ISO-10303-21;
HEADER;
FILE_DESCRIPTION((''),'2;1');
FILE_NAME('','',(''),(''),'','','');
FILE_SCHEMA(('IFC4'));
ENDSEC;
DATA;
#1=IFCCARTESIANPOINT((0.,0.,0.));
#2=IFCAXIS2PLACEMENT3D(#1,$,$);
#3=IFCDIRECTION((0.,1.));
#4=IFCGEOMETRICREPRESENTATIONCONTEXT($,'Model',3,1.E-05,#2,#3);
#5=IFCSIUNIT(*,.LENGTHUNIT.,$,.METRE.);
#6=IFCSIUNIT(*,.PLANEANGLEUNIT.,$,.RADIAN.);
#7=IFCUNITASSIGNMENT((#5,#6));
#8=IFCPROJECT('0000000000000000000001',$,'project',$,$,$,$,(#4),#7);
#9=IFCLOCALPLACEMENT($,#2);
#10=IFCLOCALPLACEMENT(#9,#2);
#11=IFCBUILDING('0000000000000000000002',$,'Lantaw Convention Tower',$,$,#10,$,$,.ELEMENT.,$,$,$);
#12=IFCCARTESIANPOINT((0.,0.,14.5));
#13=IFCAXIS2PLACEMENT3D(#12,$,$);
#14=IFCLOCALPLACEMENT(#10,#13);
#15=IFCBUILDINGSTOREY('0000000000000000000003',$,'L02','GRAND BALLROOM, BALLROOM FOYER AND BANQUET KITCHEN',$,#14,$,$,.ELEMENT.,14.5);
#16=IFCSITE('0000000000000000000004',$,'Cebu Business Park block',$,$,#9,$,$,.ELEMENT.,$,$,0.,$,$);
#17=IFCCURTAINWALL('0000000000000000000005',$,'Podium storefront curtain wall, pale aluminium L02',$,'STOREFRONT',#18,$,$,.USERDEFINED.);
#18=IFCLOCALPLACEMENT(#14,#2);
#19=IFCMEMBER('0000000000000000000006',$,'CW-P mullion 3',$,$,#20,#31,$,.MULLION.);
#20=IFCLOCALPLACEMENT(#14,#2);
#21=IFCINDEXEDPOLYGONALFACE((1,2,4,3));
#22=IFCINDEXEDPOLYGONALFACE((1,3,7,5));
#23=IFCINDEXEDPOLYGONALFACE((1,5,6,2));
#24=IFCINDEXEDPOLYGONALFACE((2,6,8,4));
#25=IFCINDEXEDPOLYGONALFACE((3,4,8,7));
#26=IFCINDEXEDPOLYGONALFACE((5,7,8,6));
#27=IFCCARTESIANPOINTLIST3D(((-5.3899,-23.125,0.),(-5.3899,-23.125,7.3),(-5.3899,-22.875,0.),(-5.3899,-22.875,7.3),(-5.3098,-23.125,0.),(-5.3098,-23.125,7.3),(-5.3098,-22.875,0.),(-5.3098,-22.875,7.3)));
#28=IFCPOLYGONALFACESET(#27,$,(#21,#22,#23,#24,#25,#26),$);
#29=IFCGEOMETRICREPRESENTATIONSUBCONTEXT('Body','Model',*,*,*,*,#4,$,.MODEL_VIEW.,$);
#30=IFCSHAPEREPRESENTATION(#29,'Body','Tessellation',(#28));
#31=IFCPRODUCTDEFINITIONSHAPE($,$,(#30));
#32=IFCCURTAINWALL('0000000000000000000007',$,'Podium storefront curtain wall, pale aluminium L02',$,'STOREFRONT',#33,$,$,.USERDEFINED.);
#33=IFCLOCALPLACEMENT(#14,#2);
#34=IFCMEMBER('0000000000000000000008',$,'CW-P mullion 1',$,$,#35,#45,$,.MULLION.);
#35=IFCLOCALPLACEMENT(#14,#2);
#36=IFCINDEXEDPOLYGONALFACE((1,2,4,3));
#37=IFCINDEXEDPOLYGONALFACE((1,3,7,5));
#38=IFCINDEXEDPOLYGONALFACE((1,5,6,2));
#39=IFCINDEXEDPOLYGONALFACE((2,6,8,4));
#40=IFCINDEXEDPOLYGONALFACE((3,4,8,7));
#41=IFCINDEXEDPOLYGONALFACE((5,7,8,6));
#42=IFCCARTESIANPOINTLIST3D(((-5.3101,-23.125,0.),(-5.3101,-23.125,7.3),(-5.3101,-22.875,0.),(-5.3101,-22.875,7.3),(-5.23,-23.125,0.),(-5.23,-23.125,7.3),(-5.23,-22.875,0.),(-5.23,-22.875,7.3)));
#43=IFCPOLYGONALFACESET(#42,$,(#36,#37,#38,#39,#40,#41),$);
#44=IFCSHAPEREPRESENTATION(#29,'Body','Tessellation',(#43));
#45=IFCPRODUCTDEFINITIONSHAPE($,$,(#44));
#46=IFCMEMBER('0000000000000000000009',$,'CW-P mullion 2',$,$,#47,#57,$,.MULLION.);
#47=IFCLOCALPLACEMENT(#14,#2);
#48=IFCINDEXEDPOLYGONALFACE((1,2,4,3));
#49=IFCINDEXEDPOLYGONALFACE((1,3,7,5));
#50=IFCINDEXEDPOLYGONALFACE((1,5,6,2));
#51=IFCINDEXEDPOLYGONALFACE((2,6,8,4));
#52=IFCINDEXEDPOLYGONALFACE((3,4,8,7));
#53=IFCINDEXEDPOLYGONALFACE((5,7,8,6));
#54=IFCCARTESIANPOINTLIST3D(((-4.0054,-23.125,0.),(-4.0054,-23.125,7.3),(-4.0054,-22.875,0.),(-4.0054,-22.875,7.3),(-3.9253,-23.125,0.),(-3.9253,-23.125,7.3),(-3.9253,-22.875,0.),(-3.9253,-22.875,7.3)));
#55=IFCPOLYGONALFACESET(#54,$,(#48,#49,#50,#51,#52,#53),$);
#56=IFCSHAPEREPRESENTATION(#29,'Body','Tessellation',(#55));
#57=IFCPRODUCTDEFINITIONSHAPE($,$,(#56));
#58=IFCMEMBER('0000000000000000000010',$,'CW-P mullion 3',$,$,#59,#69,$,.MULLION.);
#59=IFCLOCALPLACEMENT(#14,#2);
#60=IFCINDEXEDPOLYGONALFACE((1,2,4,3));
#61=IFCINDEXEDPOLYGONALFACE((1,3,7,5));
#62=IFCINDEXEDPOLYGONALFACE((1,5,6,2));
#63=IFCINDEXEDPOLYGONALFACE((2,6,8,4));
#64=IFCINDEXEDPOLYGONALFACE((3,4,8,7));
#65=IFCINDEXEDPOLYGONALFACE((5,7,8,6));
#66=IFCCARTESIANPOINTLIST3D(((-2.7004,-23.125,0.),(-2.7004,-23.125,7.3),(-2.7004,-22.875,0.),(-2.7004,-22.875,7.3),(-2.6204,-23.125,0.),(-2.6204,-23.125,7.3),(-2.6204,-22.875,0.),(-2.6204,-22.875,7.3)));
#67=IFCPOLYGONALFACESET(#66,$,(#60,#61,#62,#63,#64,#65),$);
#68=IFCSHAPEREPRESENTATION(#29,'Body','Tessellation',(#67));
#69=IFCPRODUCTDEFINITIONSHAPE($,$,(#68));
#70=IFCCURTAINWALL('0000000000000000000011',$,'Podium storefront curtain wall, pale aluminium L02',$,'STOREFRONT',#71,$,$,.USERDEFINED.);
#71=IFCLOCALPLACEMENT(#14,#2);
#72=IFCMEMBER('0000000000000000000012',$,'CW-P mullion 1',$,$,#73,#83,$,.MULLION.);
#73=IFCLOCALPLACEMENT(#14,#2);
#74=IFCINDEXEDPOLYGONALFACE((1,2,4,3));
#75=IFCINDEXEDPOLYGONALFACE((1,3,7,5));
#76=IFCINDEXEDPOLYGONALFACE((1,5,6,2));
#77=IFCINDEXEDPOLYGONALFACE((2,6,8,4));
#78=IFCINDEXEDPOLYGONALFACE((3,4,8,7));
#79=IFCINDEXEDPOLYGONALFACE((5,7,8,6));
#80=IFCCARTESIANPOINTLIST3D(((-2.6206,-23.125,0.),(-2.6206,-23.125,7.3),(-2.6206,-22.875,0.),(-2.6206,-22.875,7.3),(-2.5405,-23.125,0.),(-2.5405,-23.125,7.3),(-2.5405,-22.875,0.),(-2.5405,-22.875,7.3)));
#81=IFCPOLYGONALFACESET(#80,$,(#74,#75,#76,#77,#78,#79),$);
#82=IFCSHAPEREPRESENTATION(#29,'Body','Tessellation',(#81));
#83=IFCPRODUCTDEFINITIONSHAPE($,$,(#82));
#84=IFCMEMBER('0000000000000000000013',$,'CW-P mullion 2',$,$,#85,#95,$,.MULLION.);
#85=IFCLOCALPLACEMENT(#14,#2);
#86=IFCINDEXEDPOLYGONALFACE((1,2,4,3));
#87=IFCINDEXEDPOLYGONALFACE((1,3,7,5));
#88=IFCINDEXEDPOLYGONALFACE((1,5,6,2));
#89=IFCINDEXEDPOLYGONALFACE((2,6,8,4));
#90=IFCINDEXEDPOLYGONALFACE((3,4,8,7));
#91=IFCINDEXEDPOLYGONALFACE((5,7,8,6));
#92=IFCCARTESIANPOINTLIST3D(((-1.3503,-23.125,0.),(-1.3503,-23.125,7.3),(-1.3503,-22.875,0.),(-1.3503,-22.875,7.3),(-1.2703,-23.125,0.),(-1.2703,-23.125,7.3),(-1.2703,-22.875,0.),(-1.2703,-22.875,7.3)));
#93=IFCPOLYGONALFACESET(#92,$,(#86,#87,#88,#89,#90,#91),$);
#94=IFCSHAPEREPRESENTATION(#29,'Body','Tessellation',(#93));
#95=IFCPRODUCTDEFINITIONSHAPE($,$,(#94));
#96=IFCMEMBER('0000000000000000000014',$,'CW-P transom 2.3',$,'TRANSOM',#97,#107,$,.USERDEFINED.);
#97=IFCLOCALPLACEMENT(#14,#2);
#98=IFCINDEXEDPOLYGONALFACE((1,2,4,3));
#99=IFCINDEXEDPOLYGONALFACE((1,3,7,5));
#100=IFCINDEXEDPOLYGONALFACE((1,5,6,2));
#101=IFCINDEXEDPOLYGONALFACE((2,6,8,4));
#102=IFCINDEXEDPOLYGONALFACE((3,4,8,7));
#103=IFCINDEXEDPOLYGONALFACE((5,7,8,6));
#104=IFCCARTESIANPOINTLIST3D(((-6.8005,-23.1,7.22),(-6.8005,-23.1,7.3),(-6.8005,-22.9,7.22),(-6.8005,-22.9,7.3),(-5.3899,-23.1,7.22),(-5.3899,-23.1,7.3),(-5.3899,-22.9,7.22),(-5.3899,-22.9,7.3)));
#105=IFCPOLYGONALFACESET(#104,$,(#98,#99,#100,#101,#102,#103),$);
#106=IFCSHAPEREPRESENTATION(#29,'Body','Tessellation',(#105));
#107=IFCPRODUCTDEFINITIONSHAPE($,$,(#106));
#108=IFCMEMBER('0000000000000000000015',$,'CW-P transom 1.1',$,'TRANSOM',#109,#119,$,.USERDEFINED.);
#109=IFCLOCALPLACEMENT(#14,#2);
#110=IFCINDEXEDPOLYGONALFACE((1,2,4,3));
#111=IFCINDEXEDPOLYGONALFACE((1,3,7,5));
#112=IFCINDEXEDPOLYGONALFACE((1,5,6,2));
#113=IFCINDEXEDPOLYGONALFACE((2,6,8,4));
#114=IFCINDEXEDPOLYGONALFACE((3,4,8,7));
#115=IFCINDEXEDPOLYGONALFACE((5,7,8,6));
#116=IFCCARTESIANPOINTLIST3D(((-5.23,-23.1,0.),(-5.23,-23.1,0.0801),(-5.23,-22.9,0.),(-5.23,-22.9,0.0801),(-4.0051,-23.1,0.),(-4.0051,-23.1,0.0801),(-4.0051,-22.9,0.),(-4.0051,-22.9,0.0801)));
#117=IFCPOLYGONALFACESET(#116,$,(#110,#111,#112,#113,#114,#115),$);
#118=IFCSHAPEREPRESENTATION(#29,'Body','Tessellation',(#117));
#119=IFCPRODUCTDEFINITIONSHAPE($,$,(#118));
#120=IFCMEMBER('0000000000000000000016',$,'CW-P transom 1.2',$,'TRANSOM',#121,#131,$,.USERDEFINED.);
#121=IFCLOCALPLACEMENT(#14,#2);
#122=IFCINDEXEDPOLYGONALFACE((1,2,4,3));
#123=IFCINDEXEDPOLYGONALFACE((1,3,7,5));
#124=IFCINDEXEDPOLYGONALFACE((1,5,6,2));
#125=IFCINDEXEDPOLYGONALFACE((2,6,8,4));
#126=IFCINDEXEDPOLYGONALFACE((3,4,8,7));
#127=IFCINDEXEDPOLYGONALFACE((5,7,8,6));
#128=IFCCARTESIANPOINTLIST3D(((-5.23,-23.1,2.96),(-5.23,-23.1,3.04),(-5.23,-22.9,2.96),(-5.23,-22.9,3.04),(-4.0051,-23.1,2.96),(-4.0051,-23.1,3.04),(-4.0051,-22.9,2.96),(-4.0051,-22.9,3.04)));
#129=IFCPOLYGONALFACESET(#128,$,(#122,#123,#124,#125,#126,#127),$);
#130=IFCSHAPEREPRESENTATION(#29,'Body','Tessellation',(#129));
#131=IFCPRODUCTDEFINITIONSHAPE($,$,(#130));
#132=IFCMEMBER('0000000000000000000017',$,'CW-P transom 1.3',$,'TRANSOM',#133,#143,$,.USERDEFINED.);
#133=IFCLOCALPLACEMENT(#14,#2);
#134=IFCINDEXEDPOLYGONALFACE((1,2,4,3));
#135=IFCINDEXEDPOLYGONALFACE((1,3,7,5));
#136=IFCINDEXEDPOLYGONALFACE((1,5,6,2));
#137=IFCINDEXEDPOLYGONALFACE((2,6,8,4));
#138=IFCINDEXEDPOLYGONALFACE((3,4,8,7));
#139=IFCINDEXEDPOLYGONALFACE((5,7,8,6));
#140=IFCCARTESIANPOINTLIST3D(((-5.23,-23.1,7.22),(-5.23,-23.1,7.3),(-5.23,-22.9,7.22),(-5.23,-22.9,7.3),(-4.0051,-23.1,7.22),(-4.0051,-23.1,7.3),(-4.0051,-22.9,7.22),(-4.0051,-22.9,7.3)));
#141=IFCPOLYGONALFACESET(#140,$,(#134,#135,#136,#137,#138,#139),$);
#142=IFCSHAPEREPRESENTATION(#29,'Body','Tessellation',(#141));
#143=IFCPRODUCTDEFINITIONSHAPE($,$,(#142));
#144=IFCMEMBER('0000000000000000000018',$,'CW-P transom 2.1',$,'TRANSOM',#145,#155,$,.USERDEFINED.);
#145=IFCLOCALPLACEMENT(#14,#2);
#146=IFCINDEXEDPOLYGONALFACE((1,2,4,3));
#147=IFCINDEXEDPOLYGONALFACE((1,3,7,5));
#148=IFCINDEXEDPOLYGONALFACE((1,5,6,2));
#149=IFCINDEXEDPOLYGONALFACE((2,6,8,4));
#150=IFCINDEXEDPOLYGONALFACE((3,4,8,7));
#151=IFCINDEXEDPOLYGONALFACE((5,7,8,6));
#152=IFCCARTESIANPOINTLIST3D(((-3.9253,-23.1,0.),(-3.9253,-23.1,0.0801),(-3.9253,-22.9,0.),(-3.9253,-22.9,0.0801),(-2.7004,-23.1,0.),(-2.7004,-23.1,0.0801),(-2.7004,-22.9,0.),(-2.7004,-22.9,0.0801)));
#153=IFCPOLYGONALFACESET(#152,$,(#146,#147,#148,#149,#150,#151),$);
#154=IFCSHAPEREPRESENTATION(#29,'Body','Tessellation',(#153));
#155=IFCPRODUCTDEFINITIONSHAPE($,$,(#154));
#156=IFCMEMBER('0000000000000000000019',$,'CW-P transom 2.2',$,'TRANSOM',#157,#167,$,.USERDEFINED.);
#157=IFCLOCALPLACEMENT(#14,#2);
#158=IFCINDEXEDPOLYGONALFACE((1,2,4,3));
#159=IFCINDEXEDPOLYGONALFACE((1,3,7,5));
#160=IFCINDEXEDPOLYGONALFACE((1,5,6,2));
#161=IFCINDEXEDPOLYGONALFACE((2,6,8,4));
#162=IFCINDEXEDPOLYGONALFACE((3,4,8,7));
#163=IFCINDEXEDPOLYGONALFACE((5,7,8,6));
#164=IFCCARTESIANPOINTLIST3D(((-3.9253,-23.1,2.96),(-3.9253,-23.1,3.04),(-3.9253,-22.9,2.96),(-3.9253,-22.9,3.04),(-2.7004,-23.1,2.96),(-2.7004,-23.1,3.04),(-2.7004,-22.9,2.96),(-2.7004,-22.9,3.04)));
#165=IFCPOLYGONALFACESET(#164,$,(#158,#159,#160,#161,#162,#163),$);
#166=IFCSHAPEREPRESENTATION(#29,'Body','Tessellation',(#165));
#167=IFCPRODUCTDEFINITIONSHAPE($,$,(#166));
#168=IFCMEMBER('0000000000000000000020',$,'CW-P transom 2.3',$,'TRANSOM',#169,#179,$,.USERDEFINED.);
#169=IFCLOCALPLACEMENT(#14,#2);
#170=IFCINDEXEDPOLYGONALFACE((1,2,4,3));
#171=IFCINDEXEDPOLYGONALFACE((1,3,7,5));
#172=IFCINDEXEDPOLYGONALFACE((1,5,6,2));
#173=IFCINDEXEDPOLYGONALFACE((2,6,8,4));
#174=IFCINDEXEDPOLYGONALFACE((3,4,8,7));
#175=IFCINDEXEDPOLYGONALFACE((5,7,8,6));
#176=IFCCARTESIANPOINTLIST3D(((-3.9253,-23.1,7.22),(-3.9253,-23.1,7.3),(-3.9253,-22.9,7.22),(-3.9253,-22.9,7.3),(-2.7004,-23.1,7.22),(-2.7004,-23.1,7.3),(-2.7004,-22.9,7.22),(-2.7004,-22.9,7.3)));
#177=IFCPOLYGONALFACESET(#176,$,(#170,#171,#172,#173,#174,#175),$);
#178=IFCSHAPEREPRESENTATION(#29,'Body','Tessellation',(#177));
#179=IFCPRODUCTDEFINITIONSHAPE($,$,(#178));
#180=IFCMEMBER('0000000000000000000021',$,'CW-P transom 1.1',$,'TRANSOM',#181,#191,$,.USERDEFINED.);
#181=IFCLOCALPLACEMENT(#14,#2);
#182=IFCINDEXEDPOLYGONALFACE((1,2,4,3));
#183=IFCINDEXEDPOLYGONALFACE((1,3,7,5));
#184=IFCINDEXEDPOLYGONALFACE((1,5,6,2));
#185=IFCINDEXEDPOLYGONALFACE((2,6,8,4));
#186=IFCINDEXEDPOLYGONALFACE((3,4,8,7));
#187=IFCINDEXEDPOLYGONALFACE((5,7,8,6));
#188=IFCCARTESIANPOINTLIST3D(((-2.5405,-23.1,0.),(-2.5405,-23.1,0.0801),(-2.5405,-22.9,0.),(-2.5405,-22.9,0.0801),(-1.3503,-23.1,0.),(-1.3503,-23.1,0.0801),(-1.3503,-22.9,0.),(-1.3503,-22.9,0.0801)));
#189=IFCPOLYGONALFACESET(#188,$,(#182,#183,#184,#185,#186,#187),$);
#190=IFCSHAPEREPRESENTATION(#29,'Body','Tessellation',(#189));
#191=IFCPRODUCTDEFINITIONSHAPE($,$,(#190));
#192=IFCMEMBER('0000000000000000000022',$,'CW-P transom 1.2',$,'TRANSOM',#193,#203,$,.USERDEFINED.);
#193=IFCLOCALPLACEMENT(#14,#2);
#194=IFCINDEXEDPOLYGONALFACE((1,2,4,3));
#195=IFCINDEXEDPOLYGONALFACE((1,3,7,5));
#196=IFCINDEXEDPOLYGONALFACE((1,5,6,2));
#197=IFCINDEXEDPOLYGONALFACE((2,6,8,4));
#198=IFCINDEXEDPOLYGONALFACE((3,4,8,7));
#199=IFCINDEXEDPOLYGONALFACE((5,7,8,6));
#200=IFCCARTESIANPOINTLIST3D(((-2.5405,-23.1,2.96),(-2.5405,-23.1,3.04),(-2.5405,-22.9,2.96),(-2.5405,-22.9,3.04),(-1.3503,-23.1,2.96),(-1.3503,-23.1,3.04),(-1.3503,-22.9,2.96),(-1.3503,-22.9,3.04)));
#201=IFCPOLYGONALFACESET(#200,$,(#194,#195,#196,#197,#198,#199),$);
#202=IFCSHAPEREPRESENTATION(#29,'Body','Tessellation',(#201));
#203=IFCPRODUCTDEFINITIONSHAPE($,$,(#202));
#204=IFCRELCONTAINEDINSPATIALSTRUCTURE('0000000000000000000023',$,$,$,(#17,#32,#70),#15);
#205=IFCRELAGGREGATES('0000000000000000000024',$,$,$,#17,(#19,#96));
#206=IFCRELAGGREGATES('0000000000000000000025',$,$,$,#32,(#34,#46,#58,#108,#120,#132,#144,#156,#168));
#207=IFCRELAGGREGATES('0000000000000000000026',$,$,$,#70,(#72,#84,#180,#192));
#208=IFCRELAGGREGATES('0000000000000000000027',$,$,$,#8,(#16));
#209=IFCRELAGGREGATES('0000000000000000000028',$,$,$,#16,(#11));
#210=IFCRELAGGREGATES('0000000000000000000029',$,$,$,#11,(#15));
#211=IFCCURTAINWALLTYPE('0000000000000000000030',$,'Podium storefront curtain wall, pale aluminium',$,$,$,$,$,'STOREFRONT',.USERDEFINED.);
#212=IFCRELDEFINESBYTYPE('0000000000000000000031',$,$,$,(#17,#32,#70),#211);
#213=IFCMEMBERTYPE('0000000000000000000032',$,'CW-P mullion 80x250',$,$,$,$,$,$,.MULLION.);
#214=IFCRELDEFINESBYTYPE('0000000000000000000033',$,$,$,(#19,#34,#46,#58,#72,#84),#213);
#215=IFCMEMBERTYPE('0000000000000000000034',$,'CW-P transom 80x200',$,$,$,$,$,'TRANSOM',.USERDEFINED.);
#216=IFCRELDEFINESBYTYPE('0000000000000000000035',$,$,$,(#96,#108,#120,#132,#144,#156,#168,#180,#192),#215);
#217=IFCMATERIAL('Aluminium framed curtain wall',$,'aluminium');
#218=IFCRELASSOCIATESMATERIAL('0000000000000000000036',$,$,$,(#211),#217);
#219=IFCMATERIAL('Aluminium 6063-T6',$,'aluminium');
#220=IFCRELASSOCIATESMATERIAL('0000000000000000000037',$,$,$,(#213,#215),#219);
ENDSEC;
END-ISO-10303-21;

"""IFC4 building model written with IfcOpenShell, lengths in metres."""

from ifc_helpers import new_model, si_unit, direction, frame, origin, origin_2d, place, context, subcontext, project, spatial, rectangle, extrude, material, material_profile, profile_set, type_object, element, aggregate, save


model = new_model("IFC4")

# Units and contexts
model_context = context("Model", 3, precision=1e-05, world=origin(), true_north=direction((0.0, 1.0)))
body_context = subcontext(model_context, "Body", "Model", "MODEL_VIEW")
ifc_project = project(units=[si_unit("LENGTHUNIT", "METRE"), si_unit("PLANEANGLEUNIT", "RADIAN")], contexts=[model_context])

# Site, building, storey
site_placement = place(None, origin())
site = spatial("IfcSite", under=ifc_project, at=site_placement, Name="Cebu Business Park block", CompositionType="ELEMENT", RefElevation=0.0)
building_placement = place(site_placement, origin())
building = spatial("IfcBuilding", under=site, at=building_placement, Name="Lantaw Convention Tower", CompositionType="ELEMENT")
storey_placement = place(building_placement, frame((0.0, 0.0, 14.5)))
storey = spatial("IfcBuildingStorey", under=building, at=storey_placement, Name="L02", Description="GRAND BALLROOM, BALLROOM FOYER AND BANQUET KITCHEN", CompositionType="ELEMENT", Elevation=14.5)

# Curtain wall, member
ifc_material_1 = material(Name="Aluminium framed curtain wall", Category="aluminium")
curtain_wall_type = type_object("IfcCurtainWallType", Name="Podium storefront curtain wall, pale aluminium", ElementType="STOREFRONT", PredefinedType="USERDEFINED", material=ifc_material_1)
curtain_wall_1_placement = place(storey_placement, origin())
curtain_wall_1 = element("IfcCurtainWall", 1, at=curtain_wall_1_placement, inside=storey, type_object=curtain_wall_type, Name="Podium storefront curtain wall, pale aluminium L02", ObjectType="STOREFRONT", PredefinedType="USERDEFINED")
ifc_material_2 = material(Name="Aluminium 6063-T6", Category="aluminium")
ifc_material_profile_1 = material_profile(ifc_material_2, rectangle(XDim=0.25, YDim=0.0801, at=origin_2d()), Name="CW-P mullion 80x250")
ifc_profile_set_1 = profile_set([ifc_material_profile_1], Name="Aluminium 6063-T6")
member_type_1 = type_object("IfcMemberType", Name="CW-P mullion 80x250", PredefinedType="MULLION", material=ifc_profile_set_1)
member_1_placement = place(storey_placement, frame((-5.3499, -23.0, 0.0), z_axis=(0.0, 0.0, 1.0), x_axis=(0.0, 1.0, 0.0)))
member_1 = element("IfcMember", 2, at=member_1_placement, type_object=member_type_1, Name="CW-P mullion 3", PredefinedType="MULLION", context=body_context, shape_type="SweptSolid", body=[
    extrude(rectangle(XDim=0.25, YDim=0.0801, at=origin_2d()), origin(), (0.0, 0.0, 1.0), 7.3),
])

# Curtain walls, members
curtain_wall_2_placement = place(storey_placement, origin())
curtain_wall_2 = element("IfcCurtainWall", 3, at=curtain_wall_2_placement, inside=storey, type_object=curtain_wall_type, Name="Podium storefront curtain wall, pale aluminium L02", ObjectType="STOREFRONT", PredefinedType="USERDEFINED")
member_2_placement = place(storey_placement, frame((-5.27, -23.0, 0.0), z_axis=(0.0, 0.0, 1.0), x_axis=(0.0, 1.0, 0.0)))
member_2 = element("IfcMember", 4, at=member_2_placement, type_object=member_type_1, Name="CW-P mullion 1", PredefinedType="MULLION", context=body_context, shape_type="SweptSolid", body=[
    extrude(rectangle(XDim=0.25, YDim=0.0801, at=origin_2d()), origin(), (0.0, 0.0, 1.0), 7.3),
])
member_3_placement = place(storey_placement, frame((-3.9653, -23.0, 0.0), z_axis=(0.0, 0.0, 1.0), x_axis=(0.0, 1.0, 0.0)))
member_3 = element("IfcMember", 5, at=member_3_placement, type_object=member_type_1, Name="CW-P mullion 2", PredefinedType="MULLION", context=body_context, shape_type="SweptSolid", body=[
    extrude(rectangle(XDim=0.25, YDim=0.0801, at=origin_2d()), origin(), (0.0, 0.0, 1.0), 7.3),
])
member_4_placement = place(storey_placement, frame((-2.6604, -23.0, 0.0), z_axis=(0.0, 0.0, 1.0), x_axis=(0.0, 1.0, 0.0)))
member_4 = element("IfcMember", 6, at=member_4_placement, type_object=member_type_1, Name="CW-P mullion 3", PredefinedType="MULLION", context=body_context, shape_type="SweptSolid", body=[
    extrude(rectangle(XDim=0.25, YDim=0.0801, at=origin_2d()), origin(), (0.0, 0.0, 1.0), 7.3),
])
curtain_wall_3_placement = place(storey_placement, origin())
curtain_wall_3 = element("IfcCurtainWall", 7, at=curtain_wall_3_placement, inside=storey, type_object=curtain_wall_type, Name="Podium storefront curtain wall, pale aluminium L02", ObjectType="STOREFRONT", PredefinedType="USERDEFINED")
member_5_placement = place(storey_placement, frame((-2.5806, -23.0, 0.0), z_axis=(0.0, 0.0, 1.0), x_axis=(0.0, 1.0, 0.0)))
member_5 = element("IfcMember", 8, at=member_5_placement, type_object=member_type_1, Name="CW-P mullion 1", PredefinedType="MULLION", context=body_context, shape_type="SweptSolid", body=[
    extrude(rectangle(XDim=0.25, YDim=0.0801, at=origin_2d()), origin(), (0.0, 0.0, 1.0), 7.3),
])
member_6_placement = place(storey_placement, frame((-1.3103, -23.0, 0.0), z_axis=(0.0, 0.0, 1.0), x_axis=(0.0, 1.0, 0.0)))
member_6 = element("IfcMember", 9, at=member_6_placement, type_object=member_type_1, Name="CW-P mullion 2", PredefinedType="MULLION", context=body_context, shape_type="SweptSolid", body=[
    extrude(rectangle(XDim=0.25, YDim=0.0801, at=origin_2d()), origin(), (0.0, 0.0, 1.0), 7.3),
])

# Members
ifc_material_profile_2 = material_profile(ifc_material_2, rectangle(XDim=0.2, YDim=0.0801, at=origin_2d()), Name="CW-P transom 80x200")
ifc_profile_set_2 = profile_set([ifc_material_profile_2], Name="Aluminium 6063-T6")
member_type_2 = type_object("IfcMemberType", Name="CW-P transom 80x200", ElementType="TRANSOM", PredefinedType="USERDEFINED", material=ifc_profile_set_2)
member_7_placement = place(storey_placement, frame((-6.8005, -23.0, 7.26), z_axis=(1.0, 0.0, 0.0), x_axis=(0.0, 1.0, 0.0)))
member_7 = element("IfcMember", 10, at=member_7_placement, type_object=member_type_2, Name="CW-P transom 2.3", ObjectType="TRANSOM", PredefinedType="USERDEFINED", context=body_context, shape_type="SweptSolid", body=[
    extrude(rectangle(XDim=0.2, YDim=0.0801, at=origin_2d()), origin(), (0.0, 0.0, 1.0), 1.4106),
])
member_8_placement = place(storey_placement, frame((-5.23, -23.0, 0.04), z_axis=(1.0, 0.0, 0.0), x_axis=(0.0, 1.0, 0.0)))
member_8 = element("IfcMember", 11, at=member_8_placement, type_object=member_type_2, Name="CW-P transom 1.1", ObjectType="TRANSOM", PredefinedType="USERDEFINED", context=body_context, shape_type="SweptSolid", body=[
    extrude(rectangle(XDim=0.2, YDim=0.0801, at=origin_2d()), origin(), (0.0, 0.0, 1.0), 1.2249),
])
member_9_placement = place(storey_placement, frame((-5.23, -23.0, 3.0), z_axis=(1.0, 0.0, 0.0), x_axis=(0.0, 1.0, 0.0)))
member_9 = element("IfcMember", 12, at=member_9_placement, type_object=member_type_2, Name="CW-P transom 1.2", ObjectType="TRANSOM", PredefinedType="USERDEFINED", context=body_context, shape_type="SweptSolid", body=[
    extrude(rectangle(XDim=0.2, YDim=0.0801, at=origin_2d()), origin(), (0.0, 0.0, 1.0), 1.2249),
])
member_10_placement = place(storey_placement, frame((-5.23, -23.0, 7.26), z_axis=(1.0, 0.0, 0.0), x_axis=(0.0, 1.0, 0.0)))
member_10 = element("IfcMember", 13, at=member_10_placement, type_object=member_type_2, Name="CW-P transom 1.3", ObjectType="TRANSOM", PredefinedType="USERDEFINED", context=body_context, shape_type="SweptSolid", body=[
    extrude(rectangle(XDim=0.2, YDim=0.0801, at=origin_2d()), origin(), (0.0, 0.0, 1.0), 1.2249),
])
member_11_placement = place(storey_placement, frame((-3.9253, -23.0, 0.04), z_axis=(1.0, 0.0, 0.0), x_axis=(0.0, 1.0, 0.0)))
member_11 = element("IfcMember", 14, at=member_11_placement, type_object=member_type_2, Name="CW-P transom 2.1", ObjectType="TRANSOM", PredefinedType="USERDEFINED", context=body_context, shape_type="SweptSolid", body=[
    extrude(rectangle(XDim=0.2, YDim=0.0801, at=origin_2d()), origin(), (0.0, 0.0, 1.0), 1.2249),
])
member_12_placement = place(storey_placement, frame((-3.9253, -23.0, 3.0), z_axis=(1.0, 0.0, 0.0), x_axis=(0.0, 1.0, 0.0)))
member_12 = element("IfcMember", 15, at=member_12_placement, type_object=member_type_2, Name="CW-P transom 2.2", ObjectType="TRANSOM", PredefinedType="USERDEFINED", context=body_context, shape_type="SweptSolid", body=[
    extrude(rectangle(XDim=0.2, YDim=0.0801, at=origin_2d()), origin(), (0.0, 0.0, 1.0), 1.2249),
])
member_13_placement = place(storey_placement, frame((-3.9253, -23.0, 7.26), z_axis=(1.0, 0.0, 0.0), x_axis=(0.0, 1.0, 0.0)))
member_13 = element("IfcMember", 16, at=member_13_placement, type_object=member_type_2, Name="CW-P transom 2.3", ObjectType="TRANSOM", PredefinedType="USERDEFINED", context=body_context, shape_type="SweptSolid", body=[
    extrude(rectangle(XDim=0.2, YDim=0.0801, at=origin_2d()), origin(), (0.0, 0.0, 1.0), 1.2249),
])
member_14_placement = place(storey_placement, frame((-2.5405, -23.0, 0.04), z_axis=(1.0, 0.0, 0.0), x_axis=(0.0, 1.0, 0.0)))
member_14 = element("IfcMember", 17, at=member_14_placement, type_object=member_type_2, Name="CW-P transom 1.1", ObjectType="TRANSOM", PredefinedType="USERDEFINED", context=body_context, shape_type="SweptSolid", body=[
    extrude(rectangle(XDim=0.2, YDim=0.0801, at=origin_2d()), origin(), (0.0, 0.0, 1.0), 1.1902),
])
member_15_placement = place(storey_placement, frame((-2.5405, -23.0, 3.0), z_axis=(1.0, 0.0, 0.0), x_axis=(0.0, 1.0, 0.0)))
member_15 = element("IfcMember", 18, at=member_15_placement, type_object=member_type_2, Name="CW-P transom 1.2", ObjectType="TRANSOM", PredefinedType="USERDEFINED", context=body_context, shape_type="SweptSolid", body=[
    extrude(rectangle(XDim=0.2, YDim=0.0801, at=origin_2d()), origin(), (0.0, 0.0, 1.0), 1.1902),
])

aggregate(curtain_wall_1, [member_1, member_7])
aggregate(curtain_wall_2, [member_2, member_3, member_4, member_8, member_9, member_10, member_11, member_12, member_13])
aggregate(curtain_wall_3, [member_5, member_6, member_14, member_15])

save(model, "model.ifc")
